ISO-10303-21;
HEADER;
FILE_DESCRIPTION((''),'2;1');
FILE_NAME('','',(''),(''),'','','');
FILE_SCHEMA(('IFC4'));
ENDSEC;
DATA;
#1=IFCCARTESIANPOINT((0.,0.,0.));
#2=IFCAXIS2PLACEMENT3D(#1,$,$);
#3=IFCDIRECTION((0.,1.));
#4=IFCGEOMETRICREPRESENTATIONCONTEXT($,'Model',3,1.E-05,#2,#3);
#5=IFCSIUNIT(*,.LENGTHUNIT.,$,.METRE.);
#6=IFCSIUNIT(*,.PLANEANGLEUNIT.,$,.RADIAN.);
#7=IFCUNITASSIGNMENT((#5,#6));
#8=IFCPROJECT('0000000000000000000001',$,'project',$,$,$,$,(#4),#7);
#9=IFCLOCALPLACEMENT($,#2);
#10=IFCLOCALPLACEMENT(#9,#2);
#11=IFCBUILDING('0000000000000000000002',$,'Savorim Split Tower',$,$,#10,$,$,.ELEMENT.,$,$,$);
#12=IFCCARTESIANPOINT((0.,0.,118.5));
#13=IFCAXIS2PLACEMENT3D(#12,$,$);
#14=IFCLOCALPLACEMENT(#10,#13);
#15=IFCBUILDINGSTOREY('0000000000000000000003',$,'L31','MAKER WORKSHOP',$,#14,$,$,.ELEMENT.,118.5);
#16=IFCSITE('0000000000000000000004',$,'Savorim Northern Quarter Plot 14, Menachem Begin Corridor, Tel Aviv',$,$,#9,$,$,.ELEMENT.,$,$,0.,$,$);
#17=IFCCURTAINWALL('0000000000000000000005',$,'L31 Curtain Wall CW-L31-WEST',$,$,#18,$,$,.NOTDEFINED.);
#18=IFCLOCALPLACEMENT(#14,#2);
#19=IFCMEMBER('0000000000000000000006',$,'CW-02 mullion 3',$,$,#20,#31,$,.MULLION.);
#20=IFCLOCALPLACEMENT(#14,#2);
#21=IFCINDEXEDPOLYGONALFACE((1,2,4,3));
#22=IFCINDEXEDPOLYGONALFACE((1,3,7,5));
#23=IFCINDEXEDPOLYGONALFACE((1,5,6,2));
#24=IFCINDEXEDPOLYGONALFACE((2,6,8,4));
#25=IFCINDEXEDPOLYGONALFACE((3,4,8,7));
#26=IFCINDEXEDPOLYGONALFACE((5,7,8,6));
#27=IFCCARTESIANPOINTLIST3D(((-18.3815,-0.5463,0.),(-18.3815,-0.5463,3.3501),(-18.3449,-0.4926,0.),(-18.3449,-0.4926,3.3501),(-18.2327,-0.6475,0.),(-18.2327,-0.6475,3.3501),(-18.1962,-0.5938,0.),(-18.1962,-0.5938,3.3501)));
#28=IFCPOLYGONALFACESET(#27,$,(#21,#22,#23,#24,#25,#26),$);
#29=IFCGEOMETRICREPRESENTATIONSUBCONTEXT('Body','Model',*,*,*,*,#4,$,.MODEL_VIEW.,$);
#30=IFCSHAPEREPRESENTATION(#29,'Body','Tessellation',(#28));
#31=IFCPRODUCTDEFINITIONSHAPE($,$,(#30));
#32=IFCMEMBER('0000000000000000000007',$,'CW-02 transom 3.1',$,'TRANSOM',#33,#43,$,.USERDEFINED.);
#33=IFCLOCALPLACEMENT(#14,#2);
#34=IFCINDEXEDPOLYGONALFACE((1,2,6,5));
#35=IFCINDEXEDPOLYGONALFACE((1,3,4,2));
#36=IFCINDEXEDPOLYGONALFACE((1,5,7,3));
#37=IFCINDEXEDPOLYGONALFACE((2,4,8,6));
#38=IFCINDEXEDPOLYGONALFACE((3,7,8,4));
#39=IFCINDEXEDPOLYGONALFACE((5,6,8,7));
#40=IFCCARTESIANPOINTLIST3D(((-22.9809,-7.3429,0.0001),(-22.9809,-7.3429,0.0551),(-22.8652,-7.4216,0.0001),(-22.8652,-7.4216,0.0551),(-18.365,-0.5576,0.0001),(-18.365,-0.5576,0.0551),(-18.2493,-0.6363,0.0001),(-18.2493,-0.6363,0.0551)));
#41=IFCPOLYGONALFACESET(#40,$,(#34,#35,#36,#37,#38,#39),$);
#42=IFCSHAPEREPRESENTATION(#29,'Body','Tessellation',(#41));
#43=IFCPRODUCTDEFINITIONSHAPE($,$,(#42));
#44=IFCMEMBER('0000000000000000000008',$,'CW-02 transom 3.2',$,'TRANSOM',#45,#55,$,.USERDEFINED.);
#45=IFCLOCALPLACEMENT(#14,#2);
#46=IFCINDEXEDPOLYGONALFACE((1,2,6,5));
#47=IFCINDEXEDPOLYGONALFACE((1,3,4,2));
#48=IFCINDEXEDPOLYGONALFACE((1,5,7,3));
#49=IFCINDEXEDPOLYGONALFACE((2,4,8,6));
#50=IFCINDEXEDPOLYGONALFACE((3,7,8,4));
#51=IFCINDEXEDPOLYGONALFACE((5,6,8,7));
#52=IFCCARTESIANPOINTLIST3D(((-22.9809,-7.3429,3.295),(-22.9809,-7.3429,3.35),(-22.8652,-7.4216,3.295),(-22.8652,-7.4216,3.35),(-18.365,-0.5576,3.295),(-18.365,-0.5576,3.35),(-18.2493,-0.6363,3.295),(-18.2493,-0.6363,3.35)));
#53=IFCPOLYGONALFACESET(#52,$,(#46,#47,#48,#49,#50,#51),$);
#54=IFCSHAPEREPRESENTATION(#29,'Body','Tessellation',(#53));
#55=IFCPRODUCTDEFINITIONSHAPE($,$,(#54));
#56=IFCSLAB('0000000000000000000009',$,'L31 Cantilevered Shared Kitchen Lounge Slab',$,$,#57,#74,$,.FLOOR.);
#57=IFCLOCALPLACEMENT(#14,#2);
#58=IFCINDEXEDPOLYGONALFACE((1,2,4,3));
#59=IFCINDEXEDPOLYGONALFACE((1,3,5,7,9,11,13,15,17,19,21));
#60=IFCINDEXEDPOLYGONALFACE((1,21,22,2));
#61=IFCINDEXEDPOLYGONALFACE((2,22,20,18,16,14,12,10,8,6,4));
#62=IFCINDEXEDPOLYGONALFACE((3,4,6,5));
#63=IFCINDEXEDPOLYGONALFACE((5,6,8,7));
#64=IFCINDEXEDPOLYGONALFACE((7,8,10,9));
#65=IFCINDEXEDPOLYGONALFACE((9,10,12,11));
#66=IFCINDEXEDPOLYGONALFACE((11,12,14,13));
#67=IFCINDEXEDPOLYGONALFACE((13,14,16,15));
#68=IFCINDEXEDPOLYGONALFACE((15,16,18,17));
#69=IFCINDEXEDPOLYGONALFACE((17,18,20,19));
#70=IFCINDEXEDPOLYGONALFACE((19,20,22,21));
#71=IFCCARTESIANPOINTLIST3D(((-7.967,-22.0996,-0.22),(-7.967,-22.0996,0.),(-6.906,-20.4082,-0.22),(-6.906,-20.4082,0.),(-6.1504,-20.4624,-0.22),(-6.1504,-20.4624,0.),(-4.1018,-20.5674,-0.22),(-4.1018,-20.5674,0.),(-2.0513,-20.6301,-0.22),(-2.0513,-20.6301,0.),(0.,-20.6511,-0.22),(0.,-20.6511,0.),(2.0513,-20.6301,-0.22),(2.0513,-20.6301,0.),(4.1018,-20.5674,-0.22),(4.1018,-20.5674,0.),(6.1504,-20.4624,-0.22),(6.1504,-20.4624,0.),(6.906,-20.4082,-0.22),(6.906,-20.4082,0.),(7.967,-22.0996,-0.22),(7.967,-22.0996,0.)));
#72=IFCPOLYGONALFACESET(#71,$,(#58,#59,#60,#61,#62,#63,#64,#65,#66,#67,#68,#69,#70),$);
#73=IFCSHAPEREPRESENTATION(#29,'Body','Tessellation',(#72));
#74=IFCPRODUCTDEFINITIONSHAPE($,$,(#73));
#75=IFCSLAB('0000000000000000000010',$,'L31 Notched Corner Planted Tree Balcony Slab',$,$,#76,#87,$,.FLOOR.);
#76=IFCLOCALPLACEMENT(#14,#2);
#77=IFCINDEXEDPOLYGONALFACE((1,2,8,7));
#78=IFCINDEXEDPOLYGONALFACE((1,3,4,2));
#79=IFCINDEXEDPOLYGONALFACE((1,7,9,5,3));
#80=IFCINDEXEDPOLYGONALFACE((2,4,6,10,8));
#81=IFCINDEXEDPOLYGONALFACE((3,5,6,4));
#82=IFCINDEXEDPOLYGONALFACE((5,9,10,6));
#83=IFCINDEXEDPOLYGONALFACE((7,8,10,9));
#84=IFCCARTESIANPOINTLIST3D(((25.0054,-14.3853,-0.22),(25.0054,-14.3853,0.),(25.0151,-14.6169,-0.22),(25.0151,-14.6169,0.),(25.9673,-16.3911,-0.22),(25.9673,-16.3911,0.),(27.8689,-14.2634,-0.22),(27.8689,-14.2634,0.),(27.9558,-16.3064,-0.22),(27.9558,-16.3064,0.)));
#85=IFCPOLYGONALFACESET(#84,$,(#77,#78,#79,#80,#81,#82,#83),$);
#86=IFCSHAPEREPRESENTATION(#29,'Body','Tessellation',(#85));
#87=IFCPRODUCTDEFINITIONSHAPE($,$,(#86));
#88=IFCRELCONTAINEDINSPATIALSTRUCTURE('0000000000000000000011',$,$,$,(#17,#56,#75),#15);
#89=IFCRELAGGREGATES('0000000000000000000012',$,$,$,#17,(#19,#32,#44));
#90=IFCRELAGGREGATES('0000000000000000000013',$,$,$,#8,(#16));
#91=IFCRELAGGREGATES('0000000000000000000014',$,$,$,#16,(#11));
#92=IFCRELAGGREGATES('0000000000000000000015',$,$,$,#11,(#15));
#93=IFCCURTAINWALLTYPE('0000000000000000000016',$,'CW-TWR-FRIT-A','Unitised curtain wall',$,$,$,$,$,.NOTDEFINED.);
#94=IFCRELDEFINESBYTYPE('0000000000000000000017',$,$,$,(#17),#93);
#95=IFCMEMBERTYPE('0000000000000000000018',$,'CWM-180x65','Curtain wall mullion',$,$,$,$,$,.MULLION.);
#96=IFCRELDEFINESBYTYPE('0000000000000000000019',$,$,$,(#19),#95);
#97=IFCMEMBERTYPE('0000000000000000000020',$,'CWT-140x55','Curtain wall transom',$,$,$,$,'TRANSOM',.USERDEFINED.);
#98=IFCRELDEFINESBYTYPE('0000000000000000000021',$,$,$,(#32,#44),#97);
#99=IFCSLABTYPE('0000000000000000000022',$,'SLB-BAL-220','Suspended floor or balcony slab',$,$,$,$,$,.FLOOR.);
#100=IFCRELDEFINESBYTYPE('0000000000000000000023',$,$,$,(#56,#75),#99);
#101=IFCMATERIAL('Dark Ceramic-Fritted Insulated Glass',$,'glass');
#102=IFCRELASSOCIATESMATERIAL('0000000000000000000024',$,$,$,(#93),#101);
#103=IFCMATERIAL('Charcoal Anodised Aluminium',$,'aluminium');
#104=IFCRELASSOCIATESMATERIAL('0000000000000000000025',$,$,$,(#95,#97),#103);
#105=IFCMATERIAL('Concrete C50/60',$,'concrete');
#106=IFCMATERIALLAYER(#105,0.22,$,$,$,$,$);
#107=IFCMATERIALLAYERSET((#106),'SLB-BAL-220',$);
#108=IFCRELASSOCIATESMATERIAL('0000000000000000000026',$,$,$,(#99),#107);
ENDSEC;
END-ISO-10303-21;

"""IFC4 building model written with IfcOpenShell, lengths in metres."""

from ifc_helpers import new_model, si_unit, direction, frame, origin, origin_2d, place, context, subcontext, project, spatial, polyline, rectangle, outline, extrude, material, layer, layer_set, material_profile, profile_set, type_object, element, aggregate, save


model = new_model("IFC4")

# Units and contexts
model_context = context("Model", 3, precision=1e-05, world=origin(), true_north=direction((0.0, 1.0)))
body_context = subcontext(model_context, "Body", "Model", "MODEL_VIEW")
ifc_project = project(units=[si_unit("LENGTHUNIT", "METRE"), si_unit("PLANEANGLEUNIT", "RADIAN")], contexts=[model_context])

# Site, building, storey
site_placement = place(None, origin())
site = spatial("IfcSite", under=ifc_project, at=site_placement, Name="Savorim Northern Quarter Plot 14, Menachem Begin Corridor, Tel Aviv", CompositionType="ELEMENT", RefElevation=0.0)
building_placement = place(site_placement, origin())
building = spatial("IfcBuilding", under=site, at=building_placement, Name="Savorim Split Tower", CompositionType="ELEMENT")
storey_placement = place(building_placement, frame((0.0, 0.0, 118.5)))
storey = spatial("IfcBuildingStorey", under=building, at=storey_placement, Name="L31", Description="MAKER WORKSHOP", CompositionType="ELEMENT", Elevation=118.5)

# Curtain wall, members
ifc_material_1 = material(Name="Dark Ceramic-Fritted Insulated Glass", Category="glass")
curtain_wall_type = type_object("IfcCurtainWallType", Name="CW-TWR-FRIT-A", Description="Unitised curtain wall", PredefinedType="NOTDEFINED", material=ifc_material_1)
curtain_wall_placement = place(storey_placement, origin())
curtain_wall = element("IfcCurtainWall", 1, at=curtain_wall_placement, inside=storey, type_object=curtain_wall_type, Name="L31 Curtain Wall CW-L31-WEST", PredefinedType="NOTDEFINED")
ifc_material_2 = material(Name="Charcoal Anodised Aluminium", Category="aluminium")
ifc_material_profile_1 = material_profile(ifc_material_2, rectangle(XDim=0.1799, YDim=0.0649, at=origin_2d()), Name="ALU-M 180x65")
ifc_profile_set_1 = profile_set([ifc_material_profile_1], Name="Charcoal Anodised Aluminium")
member_type_1 = type_object("IfcMemberType", Name="CWM-180x65", Description="Curtain wall mullion", PredefinedType="MULLION", material=ifc_profile_set_1)
member_1_placement = place(storey_placement, frame((-18.2888, -0.5701, 0.0), z_axis=(0.0, 0.0, 1.0), x_axis=(0.82682, -0.562467, 0.0)))
member_1 = element("IfcMember", 2, at=member_1_placement, type_object=member_type_1, Name="CW-02 mullion 3", PredefinedType="MULLION", context=body_context, shape_type="SweptSolid", body=[
    extrude(rectangle(XDim=0.1799, YDim=0.0649, at=origin_2d()), origin(), (0.0, 0.0, 1.0), 3.3501),
])
ifc_material_profile_2 = material_profile(ifc_material_2, rectangle(XDim=0.1399, YDim=0.0549, at=origin_2d()), Name="ALU-T 140x55")
ifc_profile_set_2 = profile_set([ifc_material_profile_2], Name="Charcoal Anodised Aluminium")
member_type_2 = type_object("IfcMemberType", Name="CWT-140x55", Description="Curtain wall transom", ElementType="TRANSOM", PredefinedType="USERDEFINED", material=ifc_profile_set_2)
member_2_placement = place(storey_placement, frame((-18.3071, -0.5969, 0.0276), z_axis=(-0.562468, -0.826819, 0.0), x_axis=(0.826819, -0.562468, 0.0)))
member_2 = element("IfcMember", 3, at=member_2_placement, type_object=member_type_2, Name="CW-02 transom 3.1", ObjectType="TRANSOM", PredefinedType="USERDEFINED", context=body_context, shape_type="SweptSolid", body=[
    extrude(rectangle(XDim=0.1399, YDim=0.0549, at=origin_2d()), origin(), (0.0, 0.0, 1.0), 8.2065),
])
member_3_placement = place(storey_placement, frame((-18.3071, -0.5969, 3.3225), z_axis=(-0.562468, -0.826819, 0.0), x_axis=(0.826819, -0.562468, 0.0)))
member_3 = element("IfcMember", 4, at=member_3_placement, type_object=member_type_2, Name="CW-02 transom 3.2", ObjectType="TRANSOM", PredefinedType="USERDEFINED", context=body_context, shape_type="SweptSolid", body=[
    extrude(rectangle(XDim=0.1399, YDim=0.0549, at=origin_2d()), origin(), (0.0, 0.0, 1.0), 8.2065),
])
aggregate(curtain_wall, [member_1, member_2, member_3])

# Slabs
ifc_material_3 = material(Name="Concrete C50/60", Category="concrete")
ifc_layer_1 = layer(ifc_material_3, 0.22)
ifc_layer_set_1 = layer_set([ifc_layer_1], Name="SLB-BAL-220")
slab_type_1 = type_object("IfcSlabType", Name="SLB-BAL-220", Description="Suspended floor or balcony slab", PredefinedType="FLOOR", material=ifc_layer_set_1)
slab_1_placement = place(storey_placement, frame((0.0, 0.0, -0.22)))
element("IfcSlab", 5, at=slab_1_placement, inside=storey, type_object=slab_type_1, Name="L31 Cantilevered Shared Kitchen Lounge Slab", PredefinedType="FLOOR", context=body_context, shape_type="SweptSolid", body=[
    extrude(outline(polyline([(6.906, -20.4082), (6.1504, -20.4624), (4.1018, -20.5674), (2.0513, -20.6301), (0.0, -20.6511), (-2.0513, -20.6301), (-4.1018, -20.5674), (-6.1504, -20.4624), (-6.906, -20.4082), (-7.967, -22.0996), (7.967, -22.0996), (6.906, -20.4082)])), origin(), (0.0, 0.0, 1.0), 0.22),
])
slab_2_placement = place(storey_placement, frame((0.0, 0.0, -0.22)))
element("IfcSlab", 6, at=slab_2_placement, inside=storey, type_object=slab_type_1, Name="L31 Notched Corner Planted Tree Balcony Slab", PredefinedType="FLOOR", context=body_context, shape_type="SweptSolid", body=[
    extrude(outline(polyline([(27.8689, -14.2634), (25.0054, -14.3853), (25.0151, -14.6169), (25.9673, -16.3911), (27.9558, -16.3064), (27.8689, -14.2634)])), origin(), (0.0, 0.0, 1.0), 0.22),
])

save(model, "model.ifc")
